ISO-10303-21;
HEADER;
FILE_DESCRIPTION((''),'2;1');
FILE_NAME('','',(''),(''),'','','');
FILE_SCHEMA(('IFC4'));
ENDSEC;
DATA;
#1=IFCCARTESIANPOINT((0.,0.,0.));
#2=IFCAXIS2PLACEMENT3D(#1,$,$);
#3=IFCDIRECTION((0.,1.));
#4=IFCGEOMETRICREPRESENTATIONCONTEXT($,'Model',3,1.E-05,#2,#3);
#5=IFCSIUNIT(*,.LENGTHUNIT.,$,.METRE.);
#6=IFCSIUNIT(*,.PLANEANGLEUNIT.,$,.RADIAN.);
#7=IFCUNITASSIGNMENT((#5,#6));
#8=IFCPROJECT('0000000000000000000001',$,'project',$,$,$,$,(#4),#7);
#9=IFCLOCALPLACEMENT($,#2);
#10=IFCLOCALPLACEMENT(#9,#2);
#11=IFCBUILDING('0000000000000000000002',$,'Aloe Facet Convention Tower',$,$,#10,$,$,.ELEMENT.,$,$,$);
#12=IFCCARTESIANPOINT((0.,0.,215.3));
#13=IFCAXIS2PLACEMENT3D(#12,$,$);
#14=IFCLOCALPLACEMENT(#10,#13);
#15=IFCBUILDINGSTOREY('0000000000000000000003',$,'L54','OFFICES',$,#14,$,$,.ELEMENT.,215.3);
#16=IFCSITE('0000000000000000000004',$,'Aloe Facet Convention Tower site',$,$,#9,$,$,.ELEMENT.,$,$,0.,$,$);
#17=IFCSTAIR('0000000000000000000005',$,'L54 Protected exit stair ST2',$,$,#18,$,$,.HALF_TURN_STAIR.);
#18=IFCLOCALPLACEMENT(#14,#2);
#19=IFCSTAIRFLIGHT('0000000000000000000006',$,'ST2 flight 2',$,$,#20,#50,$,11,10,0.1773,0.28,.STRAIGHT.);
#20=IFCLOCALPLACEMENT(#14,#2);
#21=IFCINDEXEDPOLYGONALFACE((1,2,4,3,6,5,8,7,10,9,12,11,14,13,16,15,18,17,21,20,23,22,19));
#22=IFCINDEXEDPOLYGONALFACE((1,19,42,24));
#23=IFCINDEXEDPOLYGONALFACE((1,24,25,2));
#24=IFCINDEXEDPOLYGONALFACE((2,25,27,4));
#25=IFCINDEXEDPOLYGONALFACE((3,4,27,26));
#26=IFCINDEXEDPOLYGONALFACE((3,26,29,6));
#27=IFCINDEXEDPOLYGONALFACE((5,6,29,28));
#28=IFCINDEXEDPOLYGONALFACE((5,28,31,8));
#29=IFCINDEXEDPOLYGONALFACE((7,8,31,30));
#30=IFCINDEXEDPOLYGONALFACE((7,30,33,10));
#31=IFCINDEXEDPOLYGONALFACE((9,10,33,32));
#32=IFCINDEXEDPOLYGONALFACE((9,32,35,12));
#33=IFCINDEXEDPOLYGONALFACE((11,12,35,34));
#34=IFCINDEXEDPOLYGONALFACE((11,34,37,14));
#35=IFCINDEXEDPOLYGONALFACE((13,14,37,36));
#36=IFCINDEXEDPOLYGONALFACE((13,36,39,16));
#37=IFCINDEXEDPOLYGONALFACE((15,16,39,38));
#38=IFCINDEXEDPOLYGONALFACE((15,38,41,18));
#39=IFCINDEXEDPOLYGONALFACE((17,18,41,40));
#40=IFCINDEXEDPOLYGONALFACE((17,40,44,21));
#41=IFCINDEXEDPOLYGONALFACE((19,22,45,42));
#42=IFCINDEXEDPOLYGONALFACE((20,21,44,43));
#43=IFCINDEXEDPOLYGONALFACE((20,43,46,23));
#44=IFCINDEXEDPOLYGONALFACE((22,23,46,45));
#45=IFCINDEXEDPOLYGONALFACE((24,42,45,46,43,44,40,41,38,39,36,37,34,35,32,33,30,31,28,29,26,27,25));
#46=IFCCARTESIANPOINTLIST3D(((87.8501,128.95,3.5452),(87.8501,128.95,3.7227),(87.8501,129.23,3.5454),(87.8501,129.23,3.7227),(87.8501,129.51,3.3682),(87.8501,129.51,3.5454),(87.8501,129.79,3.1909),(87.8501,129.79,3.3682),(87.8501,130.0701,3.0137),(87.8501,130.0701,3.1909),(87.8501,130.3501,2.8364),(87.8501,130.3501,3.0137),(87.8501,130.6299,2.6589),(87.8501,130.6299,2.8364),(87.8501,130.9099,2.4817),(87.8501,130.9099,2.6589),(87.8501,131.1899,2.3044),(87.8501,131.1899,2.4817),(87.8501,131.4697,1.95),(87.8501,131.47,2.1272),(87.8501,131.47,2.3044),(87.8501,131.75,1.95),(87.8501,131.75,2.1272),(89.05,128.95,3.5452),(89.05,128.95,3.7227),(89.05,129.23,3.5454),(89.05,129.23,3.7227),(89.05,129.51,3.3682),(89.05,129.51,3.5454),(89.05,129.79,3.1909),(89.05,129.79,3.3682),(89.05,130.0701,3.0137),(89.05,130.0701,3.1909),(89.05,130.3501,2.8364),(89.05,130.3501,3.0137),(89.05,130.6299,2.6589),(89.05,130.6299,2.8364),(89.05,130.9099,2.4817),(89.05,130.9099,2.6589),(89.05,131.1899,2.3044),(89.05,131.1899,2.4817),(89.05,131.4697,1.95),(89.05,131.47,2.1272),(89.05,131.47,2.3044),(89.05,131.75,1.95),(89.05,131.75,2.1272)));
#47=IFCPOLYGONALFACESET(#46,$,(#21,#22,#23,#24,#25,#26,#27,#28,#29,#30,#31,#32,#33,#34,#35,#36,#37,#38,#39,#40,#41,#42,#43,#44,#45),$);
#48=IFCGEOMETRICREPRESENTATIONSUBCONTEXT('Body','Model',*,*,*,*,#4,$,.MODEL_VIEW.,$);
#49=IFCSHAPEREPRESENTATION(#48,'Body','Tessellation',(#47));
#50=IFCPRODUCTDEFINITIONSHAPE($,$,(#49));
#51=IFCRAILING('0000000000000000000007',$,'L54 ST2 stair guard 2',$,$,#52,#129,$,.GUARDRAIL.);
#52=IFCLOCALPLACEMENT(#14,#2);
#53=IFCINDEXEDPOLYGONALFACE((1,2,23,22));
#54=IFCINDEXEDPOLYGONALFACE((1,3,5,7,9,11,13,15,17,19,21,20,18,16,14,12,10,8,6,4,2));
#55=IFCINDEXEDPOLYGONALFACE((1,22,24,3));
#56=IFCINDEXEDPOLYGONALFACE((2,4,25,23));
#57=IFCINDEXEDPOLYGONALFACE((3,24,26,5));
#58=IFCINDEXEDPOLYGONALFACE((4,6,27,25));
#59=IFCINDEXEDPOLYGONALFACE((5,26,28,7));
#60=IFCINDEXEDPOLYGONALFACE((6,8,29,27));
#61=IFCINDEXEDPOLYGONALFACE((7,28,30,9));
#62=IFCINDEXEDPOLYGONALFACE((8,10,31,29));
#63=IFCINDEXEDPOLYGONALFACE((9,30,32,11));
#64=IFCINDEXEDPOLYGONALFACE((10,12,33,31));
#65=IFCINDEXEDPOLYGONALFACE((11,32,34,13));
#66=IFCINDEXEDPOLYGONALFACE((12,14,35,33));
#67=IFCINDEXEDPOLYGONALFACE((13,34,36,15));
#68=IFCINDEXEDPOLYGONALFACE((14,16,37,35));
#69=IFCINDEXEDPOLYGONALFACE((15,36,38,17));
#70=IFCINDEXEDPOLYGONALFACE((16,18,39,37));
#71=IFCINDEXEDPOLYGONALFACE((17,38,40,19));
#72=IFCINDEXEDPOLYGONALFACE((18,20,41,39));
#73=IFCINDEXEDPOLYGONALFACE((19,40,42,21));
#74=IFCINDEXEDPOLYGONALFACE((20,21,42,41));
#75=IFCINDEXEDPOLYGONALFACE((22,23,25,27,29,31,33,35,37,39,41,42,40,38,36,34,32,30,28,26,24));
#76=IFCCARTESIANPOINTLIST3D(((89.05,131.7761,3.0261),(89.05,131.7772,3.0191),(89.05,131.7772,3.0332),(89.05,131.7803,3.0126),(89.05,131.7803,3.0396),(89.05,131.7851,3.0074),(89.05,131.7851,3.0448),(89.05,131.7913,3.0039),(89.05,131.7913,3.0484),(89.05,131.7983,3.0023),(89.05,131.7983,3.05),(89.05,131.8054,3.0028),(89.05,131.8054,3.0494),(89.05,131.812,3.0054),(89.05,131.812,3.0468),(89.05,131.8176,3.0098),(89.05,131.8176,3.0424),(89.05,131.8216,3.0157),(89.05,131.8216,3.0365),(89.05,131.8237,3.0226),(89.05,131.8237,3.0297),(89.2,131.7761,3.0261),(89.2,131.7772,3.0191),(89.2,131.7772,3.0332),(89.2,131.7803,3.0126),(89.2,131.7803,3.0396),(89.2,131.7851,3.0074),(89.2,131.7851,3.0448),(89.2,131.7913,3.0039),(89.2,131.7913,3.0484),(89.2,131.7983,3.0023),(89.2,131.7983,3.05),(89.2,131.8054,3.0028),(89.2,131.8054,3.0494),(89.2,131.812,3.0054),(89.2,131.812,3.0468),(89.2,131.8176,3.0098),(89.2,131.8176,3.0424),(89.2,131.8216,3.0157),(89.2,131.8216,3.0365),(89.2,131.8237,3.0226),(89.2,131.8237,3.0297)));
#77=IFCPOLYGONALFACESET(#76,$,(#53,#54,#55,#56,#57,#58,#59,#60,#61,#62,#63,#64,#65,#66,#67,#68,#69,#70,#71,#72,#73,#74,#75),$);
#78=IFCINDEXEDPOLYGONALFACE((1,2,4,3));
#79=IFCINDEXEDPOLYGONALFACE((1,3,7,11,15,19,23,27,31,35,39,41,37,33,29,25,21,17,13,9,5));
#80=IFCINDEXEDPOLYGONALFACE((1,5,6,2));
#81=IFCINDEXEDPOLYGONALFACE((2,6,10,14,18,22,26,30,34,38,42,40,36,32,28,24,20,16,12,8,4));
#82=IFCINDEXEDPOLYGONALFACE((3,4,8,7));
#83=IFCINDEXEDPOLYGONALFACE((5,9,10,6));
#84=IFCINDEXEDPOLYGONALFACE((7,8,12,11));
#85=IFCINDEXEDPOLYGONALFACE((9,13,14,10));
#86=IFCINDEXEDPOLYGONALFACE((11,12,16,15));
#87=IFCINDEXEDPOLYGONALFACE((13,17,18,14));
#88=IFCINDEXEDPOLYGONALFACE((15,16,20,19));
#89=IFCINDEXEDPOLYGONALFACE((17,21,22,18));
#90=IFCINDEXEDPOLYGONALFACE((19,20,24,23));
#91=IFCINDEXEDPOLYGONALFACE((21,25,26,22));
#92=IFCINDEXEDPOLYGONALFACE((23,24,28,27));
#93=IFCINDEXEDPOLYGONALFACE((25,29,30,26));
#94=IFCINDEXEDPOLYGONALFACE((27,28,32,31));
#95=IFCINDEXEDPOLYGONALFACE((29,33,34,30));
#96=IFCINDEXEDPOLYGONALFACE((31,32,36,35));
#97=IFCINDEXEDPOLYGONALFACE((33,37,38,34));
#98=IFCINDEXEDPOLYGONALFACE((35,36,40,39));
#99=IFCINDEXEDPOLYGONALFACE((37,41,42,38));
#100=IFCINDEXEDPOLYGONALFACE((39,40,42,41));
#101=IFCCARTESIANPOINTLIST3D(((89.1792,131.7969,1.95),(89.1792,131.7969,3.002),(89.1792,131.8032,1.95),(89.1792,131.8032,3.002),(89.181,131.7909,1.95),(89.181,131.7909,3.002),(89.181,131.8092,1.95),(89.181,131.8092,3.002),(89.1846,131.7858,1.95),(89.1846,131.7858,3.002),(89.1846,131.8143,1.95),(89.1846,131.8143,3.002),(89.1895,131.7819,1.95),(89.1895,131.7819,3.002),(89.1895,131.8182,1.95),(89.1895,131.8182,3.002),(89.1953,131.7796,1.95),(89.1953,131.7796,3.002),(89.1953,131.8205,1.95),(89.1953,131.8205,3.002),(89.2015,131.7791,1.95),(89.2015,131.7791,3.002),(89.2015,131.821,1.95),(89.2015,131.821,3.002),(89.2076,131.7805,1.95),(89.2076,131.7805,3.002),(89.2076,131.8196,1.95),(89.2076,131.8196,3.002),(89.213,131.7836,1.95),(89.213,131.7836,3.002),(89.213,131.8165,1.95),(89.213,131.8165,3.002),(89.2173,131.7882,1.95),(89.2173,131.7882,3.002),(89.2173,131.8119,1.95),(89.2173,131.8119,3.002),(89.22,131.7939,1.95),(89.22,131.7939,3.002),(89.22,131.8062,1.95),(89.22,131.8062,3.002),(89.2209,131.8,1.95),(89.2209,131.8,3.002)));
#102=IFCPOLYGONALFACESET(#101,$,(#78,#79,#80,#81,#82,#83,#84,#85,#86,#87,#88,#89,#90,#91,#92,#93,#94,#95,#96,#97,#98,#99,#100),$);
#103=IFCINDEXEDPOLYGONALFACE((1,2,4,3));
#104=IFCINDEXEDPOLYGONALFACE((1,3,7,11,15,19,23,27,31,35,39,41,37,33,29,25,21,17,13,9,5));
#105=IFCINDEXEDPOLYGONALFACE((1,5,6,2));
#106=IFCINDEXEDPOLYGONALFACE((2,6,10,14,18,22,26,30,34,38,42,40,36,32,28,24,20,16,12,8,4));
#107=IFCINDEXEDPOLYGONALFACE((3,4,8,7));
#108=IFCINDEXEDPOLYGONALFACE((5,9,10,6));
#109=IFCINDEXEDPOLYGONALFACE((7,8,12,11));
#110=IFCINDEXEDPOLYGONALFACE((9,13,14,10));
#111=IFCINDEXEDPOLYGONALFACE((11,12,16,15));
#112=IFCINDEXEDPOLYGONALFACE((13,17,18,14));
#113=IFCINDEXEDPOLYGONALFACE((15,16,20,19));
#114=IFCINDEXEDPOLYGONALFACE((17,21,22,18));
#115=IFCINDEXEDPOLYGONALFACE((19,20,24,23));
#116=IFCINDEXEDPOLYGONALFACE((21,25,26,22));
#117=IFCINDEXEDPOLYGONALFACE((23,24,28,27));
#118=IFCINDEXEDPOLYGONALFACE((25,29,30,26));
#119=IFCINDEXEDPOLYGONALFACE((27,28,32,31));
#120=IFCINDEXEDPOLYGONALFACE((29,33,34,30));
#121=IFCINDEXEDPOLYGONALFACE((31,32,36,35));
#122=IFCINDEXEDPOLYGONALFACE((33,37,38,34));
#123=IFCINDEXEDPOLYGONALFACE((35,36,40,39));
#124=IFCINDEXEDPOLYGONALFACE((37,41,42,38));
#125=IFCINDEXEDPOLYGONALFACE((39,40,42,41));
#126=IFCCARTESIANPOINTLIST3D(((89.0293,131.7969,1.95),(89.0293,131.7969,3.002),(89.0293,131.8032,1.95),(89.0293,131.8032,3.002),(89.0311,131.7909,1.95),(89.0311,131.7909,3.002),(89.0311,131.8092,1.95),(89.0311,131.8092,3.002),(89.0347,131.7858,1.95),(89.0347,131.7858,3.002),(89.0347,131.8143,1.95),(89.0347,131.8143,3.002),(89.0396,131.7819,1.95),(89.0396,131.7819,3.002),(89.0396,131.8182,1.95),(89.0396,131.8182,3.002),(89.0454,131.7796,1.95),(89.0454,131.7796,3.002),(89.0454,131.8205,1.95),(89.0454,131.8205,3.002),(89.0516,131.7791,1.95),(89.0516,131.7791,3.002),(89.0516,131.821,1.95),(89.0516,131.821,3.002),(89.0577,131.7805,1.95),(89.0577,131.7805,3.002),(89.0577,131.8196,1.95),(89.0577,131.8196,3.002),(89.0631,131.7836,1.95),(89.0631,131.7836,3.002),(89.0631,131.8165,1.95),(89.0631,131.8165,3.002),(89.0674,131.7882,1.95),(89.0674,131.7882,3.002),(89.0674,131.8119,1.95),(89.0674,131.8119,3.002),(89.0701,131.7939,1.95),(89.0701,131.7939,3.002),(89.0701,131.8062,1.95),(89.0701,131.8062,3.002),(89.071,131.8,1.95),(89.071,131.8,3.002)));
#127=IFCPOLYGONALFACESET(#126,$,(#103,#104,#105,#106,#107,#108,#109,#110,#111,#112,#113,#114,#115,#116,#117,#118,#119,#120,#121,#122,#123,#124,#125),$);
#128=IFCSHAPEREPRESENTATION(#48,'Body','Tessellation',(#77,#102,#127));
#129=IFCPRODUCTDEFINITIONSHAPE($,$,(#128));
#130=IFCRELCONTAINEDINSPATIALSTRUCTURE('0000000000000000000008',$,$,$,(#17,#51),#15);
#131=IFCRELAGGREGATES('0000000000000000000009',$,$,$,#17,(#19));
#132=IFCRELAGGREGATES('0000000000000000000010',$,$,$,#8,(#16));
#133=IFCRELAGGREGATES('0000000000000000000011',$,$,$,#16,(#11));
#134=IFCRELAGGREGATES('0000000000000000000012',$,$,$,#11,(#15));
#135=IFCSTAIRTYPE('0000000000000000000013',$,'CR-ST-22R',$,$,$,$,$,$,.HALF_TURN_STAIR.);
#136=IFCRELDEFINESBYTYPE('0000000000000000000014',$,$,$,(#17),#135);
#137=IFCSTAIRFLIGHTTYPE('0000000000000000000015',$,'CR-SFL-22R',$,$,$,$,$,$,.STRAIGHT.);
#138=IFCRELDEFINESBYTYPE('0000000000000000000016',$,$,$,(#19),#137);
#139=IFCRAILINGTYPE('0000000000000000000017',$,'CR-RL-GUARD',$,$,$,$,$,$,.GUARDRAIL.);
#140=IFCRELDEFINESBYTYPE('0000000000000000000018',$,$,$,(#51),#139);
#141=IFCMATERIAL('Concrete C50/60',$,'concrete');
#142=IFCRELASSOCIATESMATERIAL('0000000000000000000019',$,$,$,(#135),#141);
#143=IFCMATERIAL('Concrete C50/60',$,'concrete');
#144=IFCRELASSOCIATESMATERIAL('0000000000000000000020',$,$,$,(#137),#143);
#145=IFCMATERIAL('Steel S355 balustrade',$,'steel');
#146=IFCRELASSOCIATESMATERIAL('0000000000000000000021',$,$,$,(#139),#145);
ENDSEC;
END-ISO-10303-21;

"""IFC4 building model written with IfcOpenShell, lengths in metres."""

from ifc_helpers import new_model, si_unit, direction, frame, origin, origin_2d, place, context, subcontext, project, spatial, polyline, circle, outline, extrude, material, type_object, element, aggregate, save


model = new_model("IFC4")

# Units and contexts
model_context = context("Model", 3, precision=1e-05, world=origin(), true_north=direction((0.0, 1.0)))
body_context = subcontext(model_context, "Body", "Model", "MODEL_VIEW")
ifc_project = project(units=[si_unit("LENGTHUNIT", "METRE"), si_unit("PLANEANGLEUNIT", "RADIAN")], contexts=[model_context])

# Site, building, storey
site_placement = place(None, origin())
site = spatial("IfcSite", under=ifc_project, at=site_placement, Name="Aloe Facet Convention Tower site", CompositionType="ELEMENT", RefElevation=0.0)
building_placement = place(site_placement, origin())
building = spatial("IfcBuilding", under=site, at=building_placement, Name="Aloe Facet Convention Tower", CompositionType="ELEMENT")
storey_placement = place(building_placement, frame((0.0, 0.0, 215.3)))
storey = spatial("IfcBuildingStorey", under=building, at=storey_placement, Name="L54", Description="OFFICES", CompositionType="ELEMENT", Elevation=215.3)

# Stair, stair flight
ifc_material_1 = material(Name="Concrete C50/60", Category="concrete")
stair_type = type_object("IfcStairType", Name="CR-ST-22R", PredefinedType="HALF_TURN_STAIR", material=ifc_material_1)
stair_placement = place(storey_placement, origin())
stair = element("IfcStair", 1, at=stair_placement, inside=storey, type_object=stair_type, Name="L54 Protected exit stair ST2", PredefinedType="HALF_TURN_STAIR")
ifc_material_2 = material(Name="Concrete C50/60", Category="concrete")
stair_flight_type = type_object("IfcStairFlightType", Name="CR-SFL-22R", PredefinedType="STRAIGHT", material=ifc_material_2)
stair_flight_placement = place(storey_placement, frame((88.45, 131.75, 1.95), z_axis=(0.0, 0.0, 1.0), x_axis=(0.0, -1.0, 0.0)))
stair_flight = element("IfcStairFlight", 2, at=stair_flight_placement, type_object=stair_flight_type, Name="ST2 flight 2", NumberOfRisers=11, NumberOfTreads=10, PredefinedType="STRAIGHT", RiserHeight=0.1773, TreadLength=0.28, context=body_context, shape_type="SweptSolid", body=[
    extrude(outline(polyline([(0.0, 0.0), (0.0, 0.1772), (0.28, 0.1772), (0.28, 0.3545), (0.5601, 0.3545), (0.5601, 0.5317), (0.8401, 0.5317), (0.8401, 0.709), (1.1201, 0.709), (1.1201, 0.8865), (1.3999, 0.8865), (1.3999, 1.0637), (1.6799, 1.0637), (1.6799, 1.241), (1.96, 1.241), (1.96, 1.4182), (2.24, 1.4182), (2.24, 1.5955), (2.52, 1.5955), (2.52, 1.7727), (2.8, 1.7727), (2.8, 1.95), (2.8, 1.5952), (0.2803, 0.0), (0.0, 0.0)])), frame((0.0, 0.6001, 0.0), z_axis=(0.0, -1.0, 0.0), x_axis=(1.0, 0.0, 0.0)), (0.0, 0.0, 1.0), 1.2),
])
aggregate(stair, [stair_flight])

# Railing
ifc_material_3 = material(Name="Steel S355 balustrade", Category="steel")
railing_type_1 = type_object("IfcRailingType", Name="CR-RL-GUARD", PredefinedType="GUARDRAIL", material=ifc_material_3)
railing_1_placement = place(storey_placement, frame((89.2, 131.8, 1.95)))
element("IfcRailing", 3, at=railing_1_placement, inside=storey, type_object=railing_type_1, Name="L54 ST2 stair guard 2", PredefinedType="GUARDRAIL", context=body_context, shape_type="SweptSolid", body=[
    extrude(circle(Radius=0.0239, at=origin_2d()), frame((0.0, 0.0, 1.0762), z_axis=(-1.0, 0.0, 0.0), x_axis=(0.0, -1.0, 0.0)), (0.0, 0.0, 1.0), 0.1499),
    extrude(circle(Radius=0.021, at=origin_2d()), origin(), (0.0, 0.0, 1.0), 1.052),
    extrude(circle(Radius=0.021, at=origin_2d()), frame((-0.1499, 0.0, 0.0)), (0.0, 0.0, 1.0), 1.052),
])

save(model, "model.ifc")
